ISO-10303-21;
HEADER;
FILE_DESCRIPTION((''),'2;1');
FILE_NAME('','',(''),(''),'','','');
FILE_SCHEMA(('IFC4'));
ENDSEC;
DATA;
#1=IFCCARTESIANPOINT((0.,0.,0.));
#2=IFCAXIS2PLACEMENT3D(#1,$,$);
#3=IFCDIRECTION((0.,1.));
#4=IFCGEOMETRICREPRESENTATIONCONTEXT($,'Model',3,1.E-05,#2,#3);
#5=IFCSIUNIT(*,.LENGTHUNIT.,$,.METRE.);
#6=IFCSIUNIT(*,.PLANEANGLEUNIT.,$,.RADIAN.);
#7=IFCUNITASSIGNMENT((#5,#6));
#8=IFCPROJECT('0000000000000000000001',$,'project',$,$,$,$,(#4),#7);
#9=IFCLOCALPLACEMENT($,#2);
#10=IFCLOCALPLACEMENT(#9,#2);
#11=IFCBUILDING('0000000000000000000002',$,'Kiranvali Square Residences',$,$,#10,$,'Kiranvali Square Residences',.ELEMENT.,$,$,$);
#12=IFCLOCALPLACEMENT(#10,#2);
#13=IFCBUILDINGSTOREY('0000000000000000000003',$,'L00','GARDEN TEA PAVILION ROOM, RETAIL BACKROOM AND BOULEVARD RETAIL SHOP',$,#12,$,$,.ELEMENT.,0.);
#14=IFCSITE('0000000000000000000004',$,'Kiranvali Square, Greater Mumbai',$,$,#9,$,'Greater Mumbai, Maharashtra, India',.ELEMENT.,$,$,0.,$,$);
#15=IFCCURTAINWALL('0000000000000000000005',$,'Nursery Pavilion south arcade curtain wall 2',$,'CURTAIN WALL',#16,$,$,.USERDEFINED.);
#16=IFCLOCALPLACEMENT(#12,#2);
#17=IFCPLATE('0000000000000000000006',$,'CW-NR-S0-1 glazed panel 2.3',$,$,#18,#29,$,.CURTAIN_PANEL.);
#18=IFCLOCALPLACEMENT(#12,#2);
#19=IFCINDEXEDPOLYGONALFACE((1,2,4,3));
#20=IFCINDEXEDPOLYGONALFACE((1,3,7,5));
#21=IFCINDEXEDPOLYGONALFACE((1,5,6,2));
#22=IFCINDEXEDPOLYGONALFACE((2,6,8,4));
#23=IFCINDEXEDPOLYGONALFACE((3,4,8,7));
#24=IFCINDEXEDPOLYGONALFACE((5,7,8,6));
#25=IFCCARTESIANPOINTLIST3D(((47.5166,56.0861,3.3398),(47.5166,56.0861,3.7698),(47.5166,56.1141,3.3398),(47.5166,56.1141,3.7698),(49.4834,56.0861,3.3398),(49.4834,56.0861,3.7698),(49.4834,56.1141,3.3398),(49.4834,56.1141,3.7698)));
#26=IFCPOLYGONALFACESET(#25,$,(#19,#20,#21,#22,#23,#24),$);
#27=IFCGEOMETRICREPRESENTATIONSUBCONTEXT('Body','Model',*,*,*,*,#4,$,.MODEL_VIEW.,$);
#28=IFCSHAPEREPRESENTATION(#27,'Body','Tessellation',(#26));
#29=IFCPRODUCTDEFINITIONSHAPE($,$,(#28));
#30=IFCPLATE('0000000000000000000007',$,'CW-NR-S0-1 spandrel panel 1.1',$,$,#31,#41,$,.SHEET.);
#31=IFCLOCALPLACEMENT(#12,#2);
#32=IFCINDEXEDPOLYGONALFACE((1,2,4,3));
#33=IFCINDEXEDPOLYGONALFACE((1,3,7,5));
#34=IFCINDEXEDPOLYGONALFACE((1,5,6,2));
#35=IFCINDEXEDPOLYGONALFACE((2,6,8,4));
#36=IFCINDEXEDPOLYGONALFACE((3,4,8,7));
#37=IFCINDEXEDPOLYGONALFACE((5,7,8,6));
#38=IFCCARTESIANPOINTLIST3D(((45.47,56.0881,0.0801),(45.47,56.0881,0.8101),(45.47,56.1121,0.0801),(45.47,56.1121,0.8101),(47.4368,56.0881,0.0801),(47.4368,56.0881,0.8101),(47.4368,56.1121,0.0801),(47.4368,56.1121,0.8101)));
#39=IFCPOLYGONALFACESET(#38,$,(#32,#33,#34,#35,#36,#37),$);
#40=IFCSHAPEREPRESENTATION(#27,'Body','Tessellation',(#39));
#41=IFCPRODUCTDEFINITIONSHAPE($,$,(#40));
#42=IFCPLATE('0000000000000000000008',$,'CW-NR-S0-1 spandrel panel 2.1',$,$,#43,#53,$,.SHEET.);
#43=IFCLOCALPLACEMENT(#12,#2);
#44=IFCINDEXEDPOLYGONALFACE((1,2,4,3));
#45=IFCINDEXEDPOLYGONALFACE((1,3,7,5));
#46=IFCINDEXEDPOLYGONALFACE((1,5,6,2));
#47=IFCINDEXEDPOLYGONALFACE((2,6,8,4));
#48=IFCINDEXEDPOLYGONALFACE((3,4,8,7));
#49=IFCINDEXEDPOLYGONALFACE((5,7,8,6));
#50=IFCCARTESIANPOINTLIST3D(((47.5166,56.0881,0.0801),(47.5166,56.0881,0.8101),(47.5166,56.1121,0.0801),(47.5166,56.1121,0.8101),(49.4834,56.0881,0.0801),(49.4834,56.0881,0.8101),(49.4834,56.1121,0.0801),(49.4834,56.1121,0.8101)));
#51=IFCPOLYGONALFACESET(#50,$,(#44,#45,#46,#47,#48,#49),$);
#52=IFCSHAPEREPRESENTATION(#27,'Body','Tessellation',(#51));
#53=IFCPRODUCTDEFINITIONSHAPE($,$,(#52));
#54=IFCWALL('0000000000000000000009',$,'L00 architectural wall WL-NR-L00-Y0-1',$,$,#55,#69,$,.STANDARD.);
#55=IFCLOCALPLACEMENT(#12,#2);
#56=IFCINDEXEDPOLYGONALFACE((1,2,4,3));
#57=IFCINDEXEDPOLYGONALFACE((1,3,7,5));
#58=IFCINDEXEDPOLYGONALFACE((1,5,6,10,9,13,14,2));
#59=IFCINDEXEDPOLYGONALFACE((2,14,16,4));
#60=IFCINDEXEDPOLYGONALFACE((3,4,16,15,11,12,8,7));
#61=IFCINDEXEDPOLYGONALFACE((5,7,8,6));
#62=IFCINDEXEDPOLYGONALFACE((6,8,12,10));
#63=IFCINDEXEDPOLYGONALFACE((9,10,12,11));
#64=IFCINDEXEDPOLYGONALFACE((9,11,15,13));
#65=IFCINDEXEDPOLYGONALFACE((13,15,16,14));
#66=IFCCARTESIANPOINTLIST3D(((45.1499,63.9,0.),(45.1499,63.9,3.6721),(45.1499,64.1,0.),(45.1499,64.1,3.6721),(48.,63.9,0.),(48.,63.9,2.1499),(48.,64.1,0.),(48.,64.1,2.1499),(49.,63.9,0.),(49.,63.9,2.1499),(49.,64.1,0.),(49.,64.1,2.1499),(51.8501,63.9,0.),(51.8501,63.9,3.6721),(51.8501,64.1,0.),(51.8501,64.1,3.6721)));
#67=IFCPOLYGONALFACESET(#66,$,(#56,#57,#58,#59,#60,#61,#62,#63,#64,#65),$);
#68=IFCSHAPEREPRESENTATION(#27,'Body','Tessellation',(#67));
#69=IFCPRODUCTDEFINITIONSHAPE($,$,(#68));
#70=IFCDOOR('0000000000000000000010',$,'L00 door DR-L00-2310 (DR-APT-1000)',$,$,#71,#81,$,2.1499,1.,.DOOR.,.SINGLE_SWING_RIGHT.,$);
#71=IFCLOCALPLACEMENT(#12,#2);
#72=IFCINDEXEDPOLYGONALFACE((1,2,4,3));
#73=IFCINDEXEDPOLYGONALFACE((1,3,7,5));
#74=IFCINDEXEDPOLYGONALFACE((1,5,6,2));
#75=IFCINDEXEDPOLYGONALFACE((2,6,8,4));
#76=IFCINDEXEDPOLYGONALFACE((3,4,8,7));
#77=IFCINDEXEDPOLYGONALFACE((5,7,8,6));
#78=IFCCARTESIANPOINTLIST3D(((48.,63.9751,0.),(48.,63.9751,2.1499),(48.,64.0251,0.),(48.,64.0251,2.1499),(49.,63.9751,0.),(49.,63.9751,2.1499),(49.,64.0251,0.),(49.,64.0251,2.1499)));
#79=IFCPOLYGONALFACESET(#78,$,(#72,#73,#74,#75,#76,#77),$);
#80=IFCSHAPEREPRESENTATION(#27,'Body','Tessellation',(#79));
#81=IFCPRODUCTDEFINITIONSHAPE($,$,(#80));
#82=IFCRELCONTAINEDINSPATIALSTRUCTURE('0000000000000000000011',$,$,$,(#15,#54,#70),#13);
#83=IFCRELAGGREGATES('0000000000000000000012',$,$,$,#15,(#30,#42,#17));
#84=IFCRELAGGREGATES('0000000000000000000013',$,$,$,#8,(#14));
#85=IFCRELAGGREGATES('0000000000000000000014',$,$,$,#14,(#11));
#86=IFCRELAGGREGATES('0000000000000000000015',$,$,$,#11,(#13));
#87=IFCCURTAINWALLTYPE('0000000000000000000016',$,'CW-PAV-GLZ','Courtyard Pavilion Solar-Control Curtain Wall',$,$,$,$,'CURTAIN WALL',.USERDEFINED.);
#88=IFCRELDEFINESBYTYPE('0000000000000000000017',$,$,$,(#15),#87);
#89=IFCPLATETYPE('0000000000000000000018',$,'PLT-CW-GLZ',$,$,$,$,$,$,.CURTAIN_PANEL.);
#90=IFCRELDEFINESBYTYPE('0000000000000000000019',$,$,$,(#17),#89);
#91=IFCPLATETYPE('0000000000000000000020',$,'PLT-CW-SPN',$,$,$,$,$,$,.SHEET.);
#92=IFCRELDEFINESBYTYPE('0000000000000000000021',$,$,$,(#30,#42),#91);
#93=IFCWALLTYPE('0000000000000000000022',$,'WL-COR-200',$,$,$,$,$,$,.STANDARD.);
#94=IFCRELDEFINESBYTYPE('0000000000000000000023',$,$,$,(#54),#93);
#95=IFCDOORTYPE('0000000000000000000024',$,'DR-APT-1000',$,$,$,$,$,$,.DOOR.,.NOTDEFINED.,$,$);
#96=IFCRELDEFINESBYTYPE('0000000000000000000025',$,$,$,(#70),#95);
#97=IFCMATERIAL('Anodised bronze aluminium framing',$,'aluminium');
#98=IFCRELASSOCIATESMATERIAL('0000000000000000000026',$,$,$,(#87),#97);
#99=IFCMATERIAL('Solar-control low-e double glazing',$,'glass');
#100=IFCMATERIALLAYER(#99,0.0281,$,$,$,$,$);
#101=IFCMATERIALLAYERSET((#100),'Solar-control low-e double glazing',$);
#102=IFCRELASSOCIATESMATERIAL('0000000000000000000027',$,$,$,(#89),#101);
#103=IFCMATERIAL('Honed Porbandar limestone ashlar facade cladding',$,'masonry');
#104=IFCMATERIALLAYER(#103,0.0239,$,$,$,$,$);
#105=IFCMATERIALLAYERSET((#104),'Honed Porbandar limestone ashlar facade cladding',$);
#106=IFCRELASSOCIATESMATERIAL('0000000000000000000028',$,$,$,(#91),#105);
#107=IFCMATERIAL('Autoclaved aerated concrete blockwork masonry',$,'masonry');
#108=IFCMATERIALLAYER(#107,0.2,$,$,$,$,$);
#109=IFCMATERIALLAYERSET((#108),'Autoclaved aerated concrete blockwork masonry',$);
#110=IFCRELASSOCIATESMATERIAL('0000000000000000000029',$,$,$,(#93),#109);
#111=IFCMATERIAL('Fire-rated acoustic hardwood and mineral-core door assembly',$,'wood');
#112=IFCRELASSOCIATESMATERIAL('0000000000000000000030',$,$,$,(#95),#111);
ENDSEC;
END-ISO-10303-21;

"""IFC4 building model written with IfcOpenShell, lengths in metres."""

from ifc_helpers import new_model, si_unit, direction, frame, frame_2d, origin, origin_2d, place, context, subcontext, project, spatial, rectangle, extrude, material, layer, layer_set, type_object, element, fill, aggregate, save


model = new_model("IFC4")

# Units and contexts
model_context = context("Model", 3, precision=1e-05, world=origin(), true_north=direction((0.0, 1.0)))
body_context = subcontext(model_context, "Body", "Model", "MODEL_VIEW")
ifc_project = project(units=[si_unit("LENGTHUNIT", "METRE"), si_unit("PLANEANGLEUNIT", "RADIAN")], contexts=[model_context])

# Site, building, storey
site_placement = place(None, origin())
site = spatial("IfcSite", under=ifc_project, at=site_placement, Name="Kiranvali Square, Greater Mumbai", LongName="Greater Mumbai, Maharashtra, India", CompositionType="ELEMENT", RefElevation=0.0)
building_placement = place(site_placement, origin())
building = spatial("IfcBuilding", under=site, at=building_placement, Name="Kiranvali Square Residences", LongName="Kiranvali Square Residences", CompositionType="ELEMENT")
storey_placement = place(building_placement, origin())
storey = spatial("IfcBuildingStorey", under=building, at=storey_placement, Name="L00", Description="GARDEN TEA PAVILION ROOM, RETAIL BACKROOM AND BOULEVARD RETAIL SHOP", CompositionType="ELEMENT", Elevation=0.0)

# Curtain wall, plates
ifc_material_1 = material(Name="Anodised bronze aluminium framing", Category="aluminium")
curtain_wall_type = type_object("IfcCurtainWallType", Name="CW-PAV-GLZ", Description="Courtyard Pavilion Solar-Control Curtain Wall", ElementType="CURTAIN WALL", PredefinedType="USERDEFINED", material=ifc_material_1)
curtain_wall_placement = place(storey_placement, origin())
curtain_wall = element("IfcCurtainWall", 1, at=curtain_wall_placement, inside=storey, type_object=curtain_wall_type, Name="Nursery Pavilion south arcade curtain wall 2", ObjectType="CURTAIN WALL", PredefinedType="USERDEFINED")
ifc_material_2 = material(Name="Solar-control low-e double glazing", Category="glass")
ifc_layer_1 = layer(ifc_material_2, 0.0281)
ifc_layer_set_1 = layer_set([ifc_layer_1], Name="Solar-control low-e double glazing")
plate_type_1 = type_object("IfcPlateType", Name="PLT-CW-GLZ", PredefinedType="CURTAIN_PANEL", material=ifc_layer_set_1)
plate_1_placement = place(storey_placement, frame((48.5, 56.1001, 3.3398), z_axis=(0.0, 0.0, 1.0), x_axis=(1.0, 0.0, 0.0)))
plate_1 = element("IfcPlate", 2, at=plate_1_placement, type_object=plate_type_1, Name="CW-NR-S0-1 glazed panel 2.3", PredefinedType="CURTAIN_PANEL", context=body_context, shape_type="SweptSolid", body=[
    extrude(rectangle(XDim=1.9668, YDim=0.0281, at=origin_2d()), origin(), (0.0, 0.0, 1.0), 0.4299),
])
ifc_material_3 = material(Name="Honed Porbandar limestone ashlar facade cladding", Category="masonry")
ifc_layer_2 = layer(ifc_material_3, 0.0239)
ifc_layer_set_2 = layer_set([ifc_layer_2], Name="Honed Porbandar limestone ashlar facade cladding")
plate_type_2 = type_object("IfcPlateType", Name="PLT-CW-SPN", PredefinedType="SHEET", material=ifc_layer_set_2)
plate_2_placement = place(storey_placement, frame((46.4534, 56.1001, 0.0801), z_axis=(0.0, 0.0, 1.0), x_axis=(1.0, 0.0, 0.0)))
plate_2 = element("IfcPlate", 3, at=plate_2_placement, type_object=plate_type_2, Name="CW-NR-S0-1 spandrel panel 1.1", PredefinedType="SHEET", context=body_context, shape_type="SweptSolid", body=[
    extrude(rectangle(XDim=1.9668, YDim=0.0239, at=origin_2d()), origin(), (0.0, 0.0, 1.0), 0.73),
])
plate_3_placement = place(storey_placement, frame((48.5, 56.1001, 0.0801), z_axis=(0.0, 0.0, 1.0), x_axis=(1.0, 0.0, 0.0)))
plate_3 = element("IfcPlate", 4, at=plate_3_placement, type_object=plate_type_2, Name="CW-NR-S0-1 spandrel panel 2.1", PredefinedType="SHEET", context=body_context, shape_type="SweptSolid", body=[
    extrude(rectangle(XDim=1.9668, YDim=0.0239, at=origin_2d()), origin(), (0.0, 0.0, 1.0), 0.73),
])
aggregate(curtain_wall, [plate_2, plate_3, plate_1])

# Wall, opening, door
ifc_material_4 = material(Name="Autoclaved aerated concrete blockwork masonry", Category="masonry")
ifc_layer_3 = layer(ifc_material_4, 0.2)
ifc_layer_set_3 = layer_set([ifc_layer_3], Name="Autoclaved aerated concrete blockwork masonry")
wall_type = type_object("IfcWallType", Name="WL-COR-200", PredefinedType="STANDARD", material=ifc_layer_set_3)
wall_placement = place(storey_placement, frame((45.1499, 64.0, 0.0), z_axis=(0.0, 0.0, 1.0), x_axis=(1.0, 0.0, 0.0)))
wall = element("IfcWall", 5, at=wall_placement, inside=storey, type_object=wall_type, Name="L00 architectural wall WL-NR-L00-Y0-1", PredefinedType="STANDARD", context=body_context, shape_type="SweptSolid", body=[
    extrude(rectangle(XDim=6.7002, YDim=0.2, at=frame_2d((3.3501, 0.0))), origin(), (0.0, 0.0, 1.0), 3.6721),
])
opening_placement = place(wall_placement, frame((2.8501, 0.0, 0.0)))
opening = element("IfcOpeningElement", 6, at=opening_placement, cuts=wall, PredefinedType="OPENING", context=body_context, shape_type="SweptSolid", body=[
    extrude(rectangle(XDim=1.0, YDim=2.1499, at=frame_2d((0.5, 1.075))), frame((0.0, 0.1099, 0.0), z_axis=(0.0, -1.0, 0.0), x_axis=(1.0, 0.0, 0.0)), (0.0, 0.0, 1.0), 0.22),
])
ifc_material_5 = material(Name="Fire-rated acoustic hardwood and mineral-core door assembly", Category="wood")
door_type = type_object("IfcDoorType", Name="DR-APT-1000", OperationType="NOTDEFINED", PredefinedType="DOOR", material=ifc_material_5)
door_placement = place(opening_placement, frame((1.0, 0.0, 0.0), z_axis=(0.0, 0.0, 1.0), x_axis=(-1.0, 0.0, 0.0)))
door = element("IfcDoor", 7, at=door_placement, inside=storey, type_object=door_type, Name="L00 door DR-L00-2310 (DR-APT-1000)", OperationType="SINGLE_SWING_RIGHT", OverallHeight=2.1499, OverallWidth=1.0, PredefinedType="DOOR", context=body_context, shape_type="SweptSolid", body=[
    extrude(rectangle(XDim=1.0, YDim=2.1499, at=frame_2d((0.5, 1.075))), frame((0.0, 0.0249, 0.0), z_axis=(0.0, -1.0, 0.0), x_axis=(1.0, 0.0, 0.0)), (0.0, 0.0, 1.0), 0.05),
])
fill(opening, door)

save(model, "model.ifc")
